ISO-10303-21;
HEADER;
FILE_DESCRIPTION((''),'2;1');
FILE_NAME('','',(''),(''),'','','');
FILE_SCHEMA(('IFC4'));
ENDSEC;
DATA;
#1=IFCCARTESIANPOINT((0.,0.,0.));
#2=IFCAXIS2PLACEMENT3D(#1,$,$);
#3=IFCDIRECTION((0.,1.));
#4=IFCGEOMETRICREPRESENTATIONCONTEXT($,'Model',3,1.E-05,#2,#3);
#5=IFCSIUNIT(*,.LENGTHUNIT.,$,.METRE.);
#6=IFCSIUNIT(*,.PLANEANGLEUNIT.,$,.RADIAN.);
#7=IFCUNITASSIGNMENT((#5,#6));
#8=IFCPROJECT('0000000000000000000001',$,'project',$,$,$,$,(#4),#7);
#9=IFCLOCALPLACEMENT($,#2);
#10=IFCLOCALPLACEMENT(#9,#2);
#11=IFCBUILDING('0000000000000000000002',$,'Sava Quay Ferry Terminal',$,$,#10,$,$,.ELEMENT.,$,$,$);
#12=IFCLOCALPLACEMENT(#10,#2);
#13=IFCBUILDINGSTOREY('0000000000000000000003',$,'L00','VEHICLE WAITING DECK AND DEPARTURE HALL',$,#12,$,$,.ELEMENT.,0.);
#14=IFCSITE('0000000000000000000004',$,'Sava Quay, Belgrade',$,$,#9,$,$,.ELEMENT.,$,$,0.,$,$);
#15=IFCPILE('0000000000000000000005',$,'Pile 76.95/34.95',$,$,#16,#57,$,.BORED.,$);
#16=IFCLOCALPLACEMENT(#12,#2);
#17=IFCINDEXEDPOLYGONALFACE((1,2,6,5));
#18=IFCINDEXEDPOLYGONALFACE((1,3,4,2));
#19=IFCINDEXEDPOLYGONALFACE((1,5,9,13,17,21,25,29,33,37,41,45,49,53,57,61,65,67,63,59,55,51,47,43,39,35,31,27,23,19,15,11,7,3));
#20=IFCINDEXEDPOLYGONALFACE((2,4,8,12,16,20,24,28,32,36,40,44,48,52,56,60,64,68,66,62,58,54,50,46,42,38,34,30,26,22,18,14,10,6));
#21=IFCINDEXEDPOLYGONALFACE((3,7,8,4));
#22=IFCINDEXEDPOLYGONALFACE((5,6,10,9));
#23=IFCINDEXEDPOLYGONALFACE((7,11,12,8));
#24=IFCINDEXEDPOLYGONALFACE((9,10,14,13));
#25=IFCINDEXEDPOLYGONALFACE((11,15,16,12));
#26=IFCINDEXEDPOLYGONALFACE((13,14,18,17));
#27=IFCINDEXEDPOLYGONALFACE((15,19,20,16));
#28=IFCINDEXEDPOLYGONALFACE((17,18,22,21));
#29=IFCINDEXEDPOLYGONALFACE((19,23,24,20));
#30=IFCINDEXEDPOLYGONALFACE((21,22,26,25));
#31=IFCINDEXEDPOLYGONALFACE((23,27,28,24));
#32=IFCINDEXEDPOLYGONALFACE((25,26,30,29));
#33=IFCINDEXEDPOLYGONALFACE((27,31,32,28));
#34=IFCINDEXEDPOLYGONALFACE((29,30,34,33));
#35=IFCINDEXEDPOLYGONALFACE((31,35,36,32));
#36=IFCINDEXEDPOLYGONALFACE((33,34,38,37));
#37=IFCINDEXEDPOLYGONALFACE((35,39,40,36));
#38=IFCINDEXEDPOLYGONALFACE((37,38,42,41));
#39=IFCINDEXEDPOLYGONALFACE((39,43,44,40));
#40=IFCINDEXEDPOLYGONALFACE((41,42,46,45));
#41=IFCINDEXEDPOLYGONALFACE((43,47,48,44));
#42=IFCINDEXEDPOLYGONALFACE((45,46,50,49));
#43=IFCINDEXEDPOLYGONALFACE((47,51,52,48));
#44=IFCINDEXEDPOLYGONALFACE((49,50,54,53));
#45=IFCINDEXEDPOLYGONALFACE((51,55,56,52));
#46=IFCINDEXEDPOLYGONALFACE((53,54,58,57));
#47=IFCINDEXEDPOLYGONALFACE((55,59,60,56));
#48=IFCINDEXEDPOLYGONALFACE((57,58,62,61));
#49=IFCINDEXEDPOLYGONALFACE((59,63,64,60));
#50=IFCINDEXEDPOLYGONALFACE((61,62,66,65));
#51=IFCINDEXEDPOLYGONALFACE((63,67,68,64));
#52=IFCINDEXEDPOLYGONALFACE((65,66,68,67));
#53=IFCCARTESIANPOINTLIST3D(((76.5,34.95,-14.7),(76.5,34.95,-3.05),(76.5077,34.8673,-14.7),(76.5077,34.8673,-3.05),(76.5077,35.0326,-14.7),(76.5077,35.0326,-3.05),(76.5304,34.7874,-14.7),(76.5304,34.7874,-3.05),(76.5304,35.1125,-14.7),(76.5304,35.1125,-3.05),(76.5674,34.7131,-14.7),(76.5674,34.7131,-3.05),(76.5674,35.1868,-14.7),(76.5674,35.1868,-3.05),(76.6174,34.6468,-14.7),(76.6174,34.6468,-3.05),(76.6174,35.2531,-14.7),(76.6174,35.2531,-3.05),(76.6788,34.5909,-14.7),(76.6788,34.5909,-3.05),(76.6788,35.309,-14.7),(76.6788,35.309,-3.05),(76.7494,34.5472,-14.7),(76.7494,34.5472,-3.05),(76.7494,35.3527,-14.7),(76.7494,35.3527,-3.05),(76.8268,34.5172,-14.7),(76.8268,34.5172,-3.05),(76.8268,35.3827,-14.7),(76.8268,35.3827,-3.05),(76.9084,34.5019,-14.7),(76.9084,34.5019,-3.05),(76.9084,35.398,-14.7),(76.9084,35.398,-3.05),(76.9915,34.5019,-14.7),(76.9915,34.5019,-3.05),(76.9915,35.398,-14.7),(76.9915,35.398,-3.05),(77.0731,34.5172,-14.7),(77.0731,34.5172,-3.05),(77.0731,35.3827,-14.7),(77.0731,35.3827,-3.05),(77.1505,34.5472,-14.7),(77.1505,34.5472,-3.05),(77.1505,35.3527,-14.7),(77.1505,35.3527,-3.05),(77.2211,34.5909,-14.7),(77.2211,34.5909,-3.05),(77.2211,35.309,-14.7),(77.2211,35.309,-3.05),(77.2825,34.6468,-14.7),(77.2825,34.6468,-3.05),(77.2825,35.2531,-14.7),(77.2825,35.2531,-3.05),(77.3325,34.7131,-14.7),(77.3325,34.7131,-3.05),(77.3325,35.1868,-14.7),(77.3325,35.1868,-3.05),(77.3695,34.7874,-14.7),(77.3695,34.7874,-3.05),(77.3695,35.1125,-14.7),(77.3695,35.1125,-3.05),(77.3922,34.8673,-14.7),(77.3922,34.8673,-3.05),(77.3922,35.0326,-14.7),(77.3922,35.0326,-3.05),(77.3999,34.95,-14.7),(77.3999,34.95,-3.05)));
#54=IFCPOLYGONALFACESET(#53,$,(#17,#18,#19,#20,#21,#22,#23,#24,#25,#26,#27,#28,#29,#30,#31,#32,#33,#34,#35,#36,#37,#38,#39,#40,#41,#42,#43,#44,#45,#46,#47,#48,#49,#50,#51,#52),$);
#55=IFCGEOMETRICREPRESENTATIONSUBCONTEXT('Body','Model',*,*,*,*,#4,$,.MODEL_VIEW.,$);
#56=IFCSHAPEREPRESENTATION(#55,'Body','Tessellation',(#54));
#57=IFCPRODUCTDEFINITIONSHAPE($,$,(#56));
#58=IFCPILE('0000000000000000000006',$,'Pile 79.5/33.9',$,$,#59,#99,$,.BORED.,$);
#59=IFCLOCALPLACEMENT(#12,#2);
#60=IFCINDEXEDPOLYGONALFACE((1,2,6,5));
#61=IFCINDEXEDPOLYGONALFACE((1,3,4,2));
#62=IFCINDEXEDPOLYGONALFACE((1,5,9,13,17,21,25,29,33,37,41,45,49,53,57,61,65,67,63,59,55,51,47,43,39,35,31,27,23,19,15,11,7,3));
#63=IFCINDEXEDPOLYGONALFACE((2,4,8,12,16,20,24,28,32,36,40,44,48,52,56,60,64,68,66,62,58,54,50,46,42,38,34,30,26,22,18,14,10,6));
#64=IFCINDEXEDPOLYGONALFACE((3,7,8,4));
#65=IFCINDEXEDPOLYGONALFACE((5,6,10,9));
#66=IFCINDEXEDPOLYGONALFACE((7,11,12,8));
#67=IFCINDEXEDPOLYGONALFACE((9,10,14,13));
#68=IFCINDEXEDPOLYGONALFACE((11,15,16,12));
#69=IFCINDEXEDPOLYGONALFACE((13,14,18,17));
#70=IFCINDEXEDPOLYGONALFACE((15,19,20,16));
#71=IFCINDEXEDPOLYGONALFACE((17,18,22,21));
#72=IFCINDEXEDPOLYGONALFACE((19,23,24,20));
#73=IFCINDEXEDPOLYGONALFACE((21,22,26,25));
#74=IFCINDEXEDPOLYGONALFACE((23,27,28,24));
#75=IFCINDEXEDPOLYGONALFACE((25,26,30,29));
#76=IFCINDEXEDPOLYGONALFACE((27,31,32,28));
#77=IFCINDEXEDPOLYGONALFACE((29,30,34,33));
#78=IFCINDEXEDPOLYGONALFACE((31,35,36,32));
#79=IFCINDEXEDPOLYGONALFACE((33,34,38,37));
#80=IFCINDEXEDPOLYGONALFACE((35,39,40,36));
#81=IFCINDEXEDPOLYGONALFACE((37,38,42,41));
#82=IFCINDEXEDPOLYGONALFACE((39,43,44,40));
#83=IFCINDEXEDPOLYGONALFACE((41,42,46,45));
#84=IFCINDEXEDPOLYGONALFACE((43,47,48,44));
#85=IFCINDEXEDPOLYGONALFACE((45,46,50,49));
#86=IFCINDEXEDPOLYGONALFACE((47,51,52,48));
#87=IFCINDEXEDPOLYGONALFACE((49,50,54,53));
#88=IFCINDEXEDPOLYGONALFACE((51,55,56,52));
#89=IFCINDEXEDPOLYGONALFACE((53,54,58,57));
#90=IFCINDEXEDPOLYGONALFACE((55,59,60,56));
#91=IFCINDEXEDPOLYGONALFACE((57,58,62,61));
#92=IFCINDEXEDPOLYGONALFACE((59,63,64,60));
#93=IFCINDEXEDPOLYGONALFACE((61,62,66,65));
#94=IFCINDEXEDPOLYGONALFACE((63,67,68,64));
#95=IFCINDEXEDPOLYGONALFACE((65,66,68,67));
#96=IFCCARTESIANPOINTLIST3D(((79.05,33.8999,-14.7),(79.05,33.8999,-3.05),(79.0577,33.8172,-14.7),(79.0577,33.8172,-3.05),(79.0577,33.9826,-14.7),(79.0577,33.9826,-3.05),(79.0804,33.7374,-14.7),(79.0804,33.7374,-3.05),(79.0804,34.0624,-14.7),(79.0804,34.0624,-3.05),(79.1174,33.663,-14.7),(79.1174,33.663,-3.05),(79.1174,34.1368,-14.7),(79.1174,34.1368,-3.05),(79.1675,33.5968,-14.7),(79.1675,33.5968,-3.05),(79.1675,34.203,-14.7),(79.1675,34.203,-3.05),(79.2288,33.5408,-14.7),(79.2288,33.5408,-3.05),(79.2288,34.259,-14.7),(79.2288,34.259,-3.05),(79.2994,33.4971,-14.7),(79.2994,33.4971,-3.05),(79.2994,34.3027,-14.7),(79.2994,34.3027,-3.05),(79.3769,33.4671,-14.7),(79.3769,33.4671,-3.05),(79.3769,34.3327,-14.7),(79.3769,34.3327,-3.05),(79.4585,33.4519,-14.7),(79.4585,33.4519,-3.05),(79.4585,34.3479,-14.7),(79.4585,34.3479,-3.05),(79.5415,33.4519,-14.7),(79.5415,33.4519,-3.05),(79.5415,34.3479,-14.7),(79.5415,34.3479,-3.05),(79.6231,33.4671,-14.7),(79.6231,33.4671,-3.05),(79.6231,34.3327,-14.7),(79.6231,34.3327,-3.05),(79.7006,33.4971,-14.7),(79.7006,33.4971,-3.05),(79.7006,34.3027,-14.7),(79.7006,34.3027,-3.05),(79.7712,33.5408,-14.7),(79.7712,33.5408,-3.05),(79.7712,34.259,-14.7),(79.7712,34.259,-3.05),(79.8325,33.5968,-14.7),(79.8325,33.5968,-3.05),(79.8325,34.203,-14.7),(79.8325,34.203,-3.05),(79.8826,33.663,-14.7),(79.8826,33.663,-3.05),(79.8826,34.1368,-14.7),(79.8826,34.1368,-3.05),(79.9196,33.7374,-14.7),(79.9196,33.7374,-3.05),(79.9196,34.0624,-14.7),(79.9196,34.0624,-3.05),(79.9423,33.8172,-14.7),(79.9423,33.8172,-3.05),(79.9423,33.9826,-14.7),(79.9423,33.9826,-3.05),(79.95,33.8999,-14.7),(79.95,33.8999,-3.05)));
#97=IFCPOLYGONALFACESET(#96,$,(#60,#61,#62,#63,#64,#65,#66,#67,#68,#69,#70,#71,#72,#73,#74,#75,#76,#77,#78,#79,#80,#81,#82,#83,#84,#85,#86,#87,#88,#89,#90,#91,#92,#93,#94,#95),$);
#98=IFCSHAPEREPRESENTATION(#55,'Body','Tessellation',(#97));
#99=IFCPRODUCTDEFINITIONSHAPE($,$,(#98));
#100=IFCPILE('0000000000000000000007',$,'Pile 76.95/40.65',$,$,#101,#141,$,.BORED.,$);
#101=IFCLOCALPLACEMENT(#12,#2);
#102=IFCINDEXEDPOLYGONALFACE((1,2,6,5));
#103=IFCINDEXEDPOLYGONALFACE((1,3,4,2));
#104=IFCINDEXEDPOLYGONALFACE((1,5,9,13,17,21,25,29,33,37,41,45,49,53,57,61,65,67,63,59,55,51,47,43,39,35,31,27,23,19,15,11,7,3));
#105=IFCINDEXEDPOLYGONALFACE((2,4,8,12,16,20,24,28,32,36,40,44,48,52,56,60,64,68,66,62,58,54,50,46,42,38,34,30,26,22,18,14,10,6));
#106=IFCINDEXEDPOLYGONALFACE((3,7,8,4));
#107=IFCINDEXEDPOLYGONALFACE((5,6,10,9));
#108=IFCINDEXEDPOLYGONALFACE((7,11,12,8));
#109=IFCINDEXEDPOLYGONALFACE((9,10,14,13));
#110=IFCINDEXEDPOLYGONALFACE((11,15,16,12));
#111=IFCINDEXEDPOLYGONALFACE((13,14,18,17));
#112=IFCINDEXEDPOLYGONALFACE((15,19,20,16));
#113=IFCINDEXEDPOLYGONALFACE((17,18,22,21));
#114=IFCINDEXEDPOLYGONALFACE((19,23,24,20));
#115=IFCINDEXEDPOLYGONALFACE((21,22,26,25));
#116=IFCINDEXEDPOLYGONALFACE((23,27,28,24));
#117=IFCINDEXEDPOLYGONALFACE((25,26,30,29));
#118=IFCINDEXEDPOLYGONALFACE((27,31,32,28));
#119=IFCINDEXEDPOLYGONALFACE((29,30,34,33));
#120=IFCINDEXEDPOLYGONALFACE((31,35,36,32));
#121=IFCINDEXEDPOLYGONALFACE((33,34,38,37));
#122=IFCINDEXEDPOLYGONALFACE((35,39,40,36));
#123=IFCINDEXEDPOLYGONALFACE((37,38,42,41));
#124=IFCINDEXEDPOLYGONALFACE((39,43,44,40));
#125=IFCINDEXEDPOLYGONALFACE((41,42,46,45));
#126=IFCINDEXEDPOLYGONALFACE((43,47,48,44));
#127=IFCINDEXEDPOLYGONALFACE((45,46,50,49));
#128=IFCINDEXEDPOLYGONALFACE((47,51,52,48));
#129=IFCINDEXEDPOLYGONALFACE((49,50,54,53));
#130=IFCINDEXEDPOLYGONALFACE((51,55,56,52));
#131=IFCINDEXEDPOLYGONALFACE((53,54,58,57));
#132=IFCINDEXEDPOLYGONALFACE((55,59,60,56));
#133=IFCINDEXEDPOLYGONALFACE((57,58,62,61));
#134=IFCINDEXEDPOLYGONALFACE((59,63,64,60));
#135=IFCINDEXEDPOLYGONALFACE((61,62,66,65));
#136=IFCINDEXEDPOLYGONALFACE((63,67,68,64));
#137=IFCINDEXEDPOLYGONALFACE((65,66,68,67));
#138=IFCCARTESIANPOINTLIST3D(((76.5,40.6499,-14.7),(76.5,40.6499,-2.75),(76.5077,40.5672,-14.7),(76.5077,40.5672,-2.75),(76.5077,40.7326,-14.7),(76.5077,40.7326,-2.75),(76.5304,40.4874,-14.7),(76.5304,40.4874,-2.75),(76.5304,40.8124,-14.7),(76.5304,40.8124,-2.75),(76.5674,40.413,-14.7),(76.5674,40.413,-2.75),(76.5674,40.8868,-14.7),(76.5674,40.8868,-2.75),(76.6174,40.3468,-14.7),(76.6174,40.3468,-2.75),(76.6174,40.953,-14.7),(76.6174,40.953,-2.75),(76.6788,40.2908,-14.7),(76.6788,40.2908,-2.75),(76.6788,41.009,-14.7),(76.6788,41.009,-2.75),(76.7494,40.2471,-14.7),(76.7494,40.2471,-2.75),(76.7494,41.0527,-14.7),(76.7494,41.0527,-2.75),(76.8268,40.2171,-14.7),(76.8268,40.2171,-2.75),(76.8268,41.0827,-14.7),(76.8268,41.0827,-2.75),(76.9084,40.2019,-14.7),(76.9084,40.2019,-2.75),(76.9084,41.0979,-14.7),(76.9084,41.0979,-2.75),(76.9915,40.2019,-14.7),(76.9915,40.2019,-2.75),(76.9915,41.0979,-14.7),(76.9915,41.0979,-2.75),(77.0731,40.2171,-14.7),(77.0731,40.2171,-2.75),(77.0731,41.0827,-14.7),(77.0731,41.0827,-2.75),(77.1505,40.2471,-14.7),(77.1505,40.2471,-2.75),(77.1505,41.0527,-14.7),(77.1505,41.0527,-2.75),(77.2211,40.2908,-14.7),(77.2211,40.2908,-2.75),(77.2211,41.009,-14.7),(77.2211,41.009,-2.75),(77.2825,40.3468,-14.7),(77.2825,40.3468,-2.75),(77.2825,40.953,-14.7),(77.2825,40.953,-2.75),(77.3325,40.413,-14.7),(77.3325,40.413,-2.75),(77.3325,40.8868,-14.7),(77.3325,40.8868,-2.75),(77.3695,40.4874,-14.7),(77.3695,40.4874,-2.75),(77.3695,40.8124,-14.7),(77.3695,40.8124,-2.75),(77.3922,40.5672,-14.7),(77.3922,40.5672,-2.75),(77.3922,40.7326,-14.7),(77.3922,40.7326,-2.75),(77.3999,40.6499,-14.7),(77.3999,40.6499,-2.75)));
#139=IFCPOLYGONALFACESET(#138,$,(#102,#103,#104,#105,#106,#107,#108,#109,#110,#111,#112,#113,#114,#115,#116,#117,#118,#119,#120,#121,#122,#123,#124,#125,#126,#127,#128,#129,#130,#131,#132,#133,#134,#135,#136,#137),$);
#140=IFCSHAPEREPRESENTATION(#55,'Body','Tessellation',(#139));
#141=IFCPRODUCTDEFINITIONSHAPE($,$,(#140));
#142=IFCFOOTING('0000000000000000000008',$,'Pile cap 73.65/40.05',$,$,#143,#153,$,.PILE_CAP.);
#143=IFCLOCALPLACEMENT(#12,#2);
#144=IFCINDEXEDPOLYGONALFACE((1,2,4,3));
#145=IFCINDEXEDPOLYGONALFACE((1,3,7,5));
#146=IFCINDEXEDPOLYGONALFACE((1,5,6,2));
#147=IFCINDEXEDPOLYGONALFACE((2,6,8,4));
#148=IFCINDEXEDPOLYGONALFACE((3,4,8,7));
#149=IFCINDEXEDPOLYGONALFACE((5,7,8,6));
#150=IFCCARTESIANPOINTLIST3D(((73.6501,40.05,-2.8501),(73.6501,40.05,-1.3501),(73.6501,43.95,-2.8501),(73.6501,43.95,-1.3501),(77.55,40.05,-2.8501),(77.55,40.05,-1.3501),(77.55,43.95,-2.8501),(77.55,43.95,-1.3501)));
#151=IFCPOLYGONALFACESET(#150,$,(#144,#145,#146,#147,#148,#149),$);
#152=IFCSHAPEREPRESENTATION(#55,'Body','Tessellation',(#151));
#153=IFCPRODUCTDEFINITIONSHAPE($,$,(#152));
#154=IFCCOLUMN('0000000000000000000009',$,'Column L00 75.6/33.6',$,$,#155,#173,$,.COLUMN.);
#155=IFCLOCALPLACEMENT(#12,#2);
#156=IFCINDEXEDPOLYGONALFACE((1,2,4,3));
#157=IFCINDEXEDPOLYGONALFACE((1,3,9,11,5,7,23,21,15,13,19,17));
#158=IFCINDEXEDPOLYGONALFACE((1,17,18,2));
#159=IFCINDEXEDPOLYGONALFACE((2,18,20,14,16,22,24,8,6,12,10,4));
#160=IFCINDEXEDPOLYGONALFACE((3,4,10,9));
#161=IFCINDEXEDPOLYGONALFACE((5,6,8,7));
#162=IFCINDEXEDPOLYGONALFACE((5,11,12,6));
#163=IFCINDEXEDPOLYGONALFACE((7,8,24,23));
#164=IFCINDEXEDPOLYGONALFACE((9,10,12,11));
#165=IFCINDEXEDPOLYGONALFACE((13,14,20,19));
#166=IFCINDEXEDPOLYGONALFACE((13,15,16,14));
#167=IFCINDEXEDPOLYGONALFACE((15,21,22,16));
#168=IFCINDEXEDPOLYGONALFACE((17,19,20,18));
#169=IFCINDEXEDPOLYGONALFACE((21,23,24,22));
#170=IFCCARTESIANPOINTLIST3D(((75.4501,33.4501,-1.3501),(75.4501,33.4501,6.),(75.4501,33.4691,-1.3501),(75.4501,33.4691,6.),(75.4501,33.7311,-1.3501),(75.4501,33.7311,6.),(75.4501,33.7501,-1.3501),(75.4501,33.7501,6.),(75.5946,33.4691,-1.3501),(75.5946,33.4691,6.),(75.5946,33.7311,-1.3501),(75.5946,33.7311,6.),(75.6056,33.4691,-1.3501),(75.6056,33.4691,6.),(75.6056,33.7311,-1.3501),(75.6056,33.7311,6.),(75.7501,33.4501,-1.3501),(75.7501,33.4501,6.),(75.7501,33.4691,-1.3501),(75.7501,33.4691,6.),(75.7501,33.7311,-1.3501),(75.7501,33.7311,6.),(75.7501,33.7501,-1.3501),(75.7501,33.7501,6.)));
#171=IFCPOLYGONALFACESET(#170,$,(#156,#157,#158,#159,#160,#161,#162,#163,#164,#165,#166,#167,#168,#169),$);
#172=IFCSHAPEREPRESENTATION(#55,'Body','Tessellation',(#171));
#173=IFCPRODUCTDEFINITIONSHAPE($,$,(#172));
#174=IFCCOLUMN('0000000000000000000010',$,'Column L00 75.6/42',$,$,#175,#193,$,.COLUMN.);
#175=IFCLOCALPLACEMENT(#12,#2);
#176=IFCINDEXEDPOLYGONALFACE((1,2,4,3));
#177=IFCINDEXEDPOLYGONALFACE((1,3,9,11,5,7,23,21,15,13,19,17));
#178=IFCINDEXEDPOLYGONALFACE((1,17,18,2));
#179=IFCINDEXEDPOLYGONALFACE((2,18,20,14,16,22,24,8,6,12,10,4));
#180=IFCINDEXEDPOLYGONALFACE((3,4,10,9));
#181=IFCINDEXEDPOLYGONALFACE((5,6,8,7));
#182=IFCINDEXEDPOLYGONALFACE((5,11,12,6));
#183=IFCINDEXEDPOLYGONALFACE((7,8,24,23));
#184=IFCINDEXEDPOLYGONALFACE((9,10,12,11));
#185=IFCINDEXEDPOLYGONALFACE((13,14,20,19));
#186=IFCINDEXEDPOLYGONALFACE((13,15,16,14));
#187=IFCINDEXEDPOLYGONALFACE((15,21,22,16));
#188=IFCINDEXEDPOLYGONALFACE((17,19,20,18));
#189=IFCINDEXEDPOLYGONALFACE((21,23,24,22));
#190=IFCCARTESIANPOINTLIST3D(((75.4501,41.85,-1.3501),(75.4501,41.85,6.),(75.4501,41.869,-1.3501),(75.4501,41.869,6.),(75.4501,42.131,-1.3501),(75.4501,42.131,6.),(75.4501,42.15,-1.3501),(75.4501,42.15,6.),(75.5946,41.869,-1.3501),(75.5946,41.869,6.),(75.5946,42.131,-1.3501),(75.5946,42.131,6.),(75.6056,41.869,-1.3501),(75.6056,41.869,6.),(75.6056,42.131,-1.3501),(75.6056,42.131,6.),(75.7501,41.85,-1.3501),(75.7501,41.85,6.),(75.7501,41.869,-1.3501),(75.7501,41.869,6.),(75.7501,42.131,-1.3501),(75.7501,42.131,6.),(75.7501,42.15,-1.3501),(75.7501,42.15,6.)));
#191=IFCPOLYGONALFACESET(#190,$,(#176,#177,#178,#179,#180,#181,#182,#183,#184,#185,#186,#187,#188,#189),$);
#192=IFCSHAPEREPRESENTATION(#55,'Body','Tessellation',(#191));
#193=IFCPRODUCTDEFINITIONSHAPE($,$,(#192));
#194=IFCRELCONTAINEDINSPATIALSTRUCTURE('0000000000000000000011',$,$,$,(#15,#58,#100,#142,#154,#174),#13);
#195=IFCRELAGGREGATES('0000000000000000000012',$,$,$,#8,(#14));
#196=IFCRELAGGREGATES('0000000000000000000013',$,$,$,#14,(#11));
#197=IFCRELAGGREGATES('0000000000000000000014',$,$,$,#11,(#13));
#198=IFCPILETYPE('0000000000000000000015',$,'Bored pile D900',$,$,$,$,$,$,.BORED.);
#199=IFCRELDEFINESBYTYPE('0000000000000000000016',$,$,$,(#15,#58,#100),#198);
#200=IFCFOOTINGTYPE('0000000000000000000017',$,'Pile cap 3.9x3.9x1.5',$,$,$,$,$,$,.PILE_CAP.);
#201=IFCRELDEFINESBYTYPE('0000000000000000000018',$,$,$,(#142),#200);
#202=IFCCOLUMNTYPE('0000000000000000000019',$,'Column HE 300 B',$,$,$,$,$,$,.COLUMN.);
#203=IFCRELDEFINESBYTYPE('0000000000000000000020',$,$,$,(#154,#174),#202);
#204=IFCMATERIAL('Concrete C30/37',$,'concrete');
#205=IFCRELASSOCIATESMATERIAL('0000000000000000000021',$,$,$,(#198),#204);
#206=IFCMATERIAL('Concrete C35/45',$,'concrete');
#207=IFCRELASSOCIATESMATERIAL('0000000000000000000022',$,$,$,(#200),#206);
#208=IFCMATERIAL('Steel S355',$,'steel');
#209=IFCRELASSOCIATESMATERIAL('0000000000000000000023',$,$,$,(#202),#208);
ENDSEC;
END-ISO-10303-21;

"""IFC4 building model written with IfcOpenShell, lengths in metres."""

from ifc_helpers import new_model, si_unit, direction, frame, origin, origin_2d, place, context, subcontext, project, spatial, rectangle, circle, i_section, extrude, material, material_profile, profile_set, type_object, element, save


model = new_model("IFC4")

# Units and contexts
model_context = context("Model", 3, precision=1e-05, world=origin(), true_north=direction((0.0, 1.0)))
body_context = subcontext(model_context, "Body", "Model", "MODEL_VIEW")
ifc_project = project(units=[si_unit("LENGTHUNIT", "METRE"), si_unit("PLANEANGLEUNIT", "RADIAN")], contexts=[model_context])

# Site, building, storey
site_placement = place(None, origin())
site = spatial("IfcSite", under=ifc_project, at=site_placement, Name="Sava Quay, Belgrade", CompositionType="ELEMENT", RefElevation=0.0)
building_placement = place(site_placement, origin())
building = spatial("IfcBuilding", under=site, at=building_placement, Name="Sava Quay Ferry Terminal", CompositionType="ELEMENT")
storey_placement = place(building_placement, origin())
storey = spatial("IfcBuildingStorey", under=building, at=storey_placement, Name="L00", Description="VEHICLE WAITING DECK AND DEPARTURE HALL", CompositionType="ELEMENT", Elevation=0.0)

# Piles
ifc_material_1 = material(Name="Concrete C30/37", Category="concrete")
ifc_material_profile_1 = material_profile(ifc_material_1, circle(Radius=0.45, at=origin_2d()), Name="Bored pile D900")
ifc_profile_set_1 = profile_set([ifc_material_profile_1], Name="Concrete C30/37")
pile_type = type_object("IfcPileType", Name="Bored pile D900", PredefinedType="BORED", material=ifc_profile_set_1)
for number, where, z_axis, x_axis, name in (
    (1, (76.95, 34.95, -3.05), (0.0, 0.0, -1.0), (1.0, 0.0, 0.0), "Pile 76.95/34.95"),
    (2, (79.5, 33.8999, -3.05), (0.0, 0.0, -1.0), (1.0, 0.0, 0.0), "Pile 79.5/33.9"),
):
    element("IfcPile", number, at=place(storey_placement, frame(where, z_axis=z_axis, x_axis=x_axis)), inside=storey, type_object=pile_type, Name=name, PredefinedType="BORED", context=body_context, shape_type="SweptSolid", body=[
        extrude(circle(Radius=0.45, at=origin_2d()), origin(), (0.0, 0.0, 1.0), 11.6499),
    ])
pile_placement = place(storey_placement, frame((76.95, 40.6499, -2.75), z_axis=(0.0, 0.0, -1.0), x_axis=(1.0, 0.0, 0.0)))
element("IfcPile", 3, at=pile_placement, inside=storey, type_object=pile_type, Name="Pile 76.95/40.65", PredefinedType="BORED", context=body_context, shape_type="SweptSolid", body=[
    extrude(circle(Radius=0.45, at=origin_2d()), origin(), (0.0, 0.0, 1.0), 11.95),
])

# Footing
ifc_material_2 = material(Name="Concrete C35/45", Category="concrete")
footing_type = type_object("IfcFootingType", Name="Pile cap 3.9x3.9x1.5", PredefinedType="PILE_CAP", material=ifc_material_2)
footing_placement = place(storey_placement, frame((75.6001, 42.0, -2.8501), z_axis=(0.0, 0.0, 1.0), x_axis=(1.0, 0.0, 0.0)))
element("IfcFooting", 4, at=footing_placement, inside=storey, type_object=footing_type, Name="Pile cap 73.65/40.05", PredefinedType="PILE_CAP", context=body_context, shape_type="SweptSolid", body=[
    extrude(rectangle(XDim=3.8999, YDim=3.8999, at=origin_2d()), origin(), (0.0, 0.0, 1.0), 1.5),
])

# Columns
ifc_material_3 = material(Name="Steel S355", Category="steel")
ifc_material_profile_2 = material_profile(ifc_material_3, i_section(OverallWidth=0.3, OverallDepth=0.3, WebThickness=0.011, FlangeThickness=0.019, at=origin_2d()), Name="HE 300 B")
ifc_profile_set_2 = profile_set([ifc_material_profile_2], Name="Steel S355")
column_type = type_object("IfcColumnType", Name="Column HE 300 B", PredefinedType="COLUMN", material=ifc_profile_set_2)
for number, where, z_axis, x_axis, name in (
    (5, (75.6001, 33.6001, -1.3501), (0.0, 0.0, 1.0), (1.0, 0.0, 0.0), "Column L00 75.6/33.6"),
    (6, (75.6001, 42.0, -1.3501), (0.0, 0.0, 1.0), (1.0, 0.0, 0.0), "Column L00 75.6/42"),
):
    element("IfcColumn", number, at=place(storey_placement, frame(where, z_axis=z_axis, x_axis=x_axis)), inside=storey, type_object=column_type, Name=name, PredefinedType="COLUMN", context=body_context, shape_type="SweptSolid", body=[
        extrude(i_section(OverallWidth=0.3, OverallDepth=0.3, WebThickness=0.011, FlangeThickness=0.019, at=origin_2d()), origin(), (0.0, 0.0, 1.0), 7.3501),
    ])

save(model, "model.ifc")
